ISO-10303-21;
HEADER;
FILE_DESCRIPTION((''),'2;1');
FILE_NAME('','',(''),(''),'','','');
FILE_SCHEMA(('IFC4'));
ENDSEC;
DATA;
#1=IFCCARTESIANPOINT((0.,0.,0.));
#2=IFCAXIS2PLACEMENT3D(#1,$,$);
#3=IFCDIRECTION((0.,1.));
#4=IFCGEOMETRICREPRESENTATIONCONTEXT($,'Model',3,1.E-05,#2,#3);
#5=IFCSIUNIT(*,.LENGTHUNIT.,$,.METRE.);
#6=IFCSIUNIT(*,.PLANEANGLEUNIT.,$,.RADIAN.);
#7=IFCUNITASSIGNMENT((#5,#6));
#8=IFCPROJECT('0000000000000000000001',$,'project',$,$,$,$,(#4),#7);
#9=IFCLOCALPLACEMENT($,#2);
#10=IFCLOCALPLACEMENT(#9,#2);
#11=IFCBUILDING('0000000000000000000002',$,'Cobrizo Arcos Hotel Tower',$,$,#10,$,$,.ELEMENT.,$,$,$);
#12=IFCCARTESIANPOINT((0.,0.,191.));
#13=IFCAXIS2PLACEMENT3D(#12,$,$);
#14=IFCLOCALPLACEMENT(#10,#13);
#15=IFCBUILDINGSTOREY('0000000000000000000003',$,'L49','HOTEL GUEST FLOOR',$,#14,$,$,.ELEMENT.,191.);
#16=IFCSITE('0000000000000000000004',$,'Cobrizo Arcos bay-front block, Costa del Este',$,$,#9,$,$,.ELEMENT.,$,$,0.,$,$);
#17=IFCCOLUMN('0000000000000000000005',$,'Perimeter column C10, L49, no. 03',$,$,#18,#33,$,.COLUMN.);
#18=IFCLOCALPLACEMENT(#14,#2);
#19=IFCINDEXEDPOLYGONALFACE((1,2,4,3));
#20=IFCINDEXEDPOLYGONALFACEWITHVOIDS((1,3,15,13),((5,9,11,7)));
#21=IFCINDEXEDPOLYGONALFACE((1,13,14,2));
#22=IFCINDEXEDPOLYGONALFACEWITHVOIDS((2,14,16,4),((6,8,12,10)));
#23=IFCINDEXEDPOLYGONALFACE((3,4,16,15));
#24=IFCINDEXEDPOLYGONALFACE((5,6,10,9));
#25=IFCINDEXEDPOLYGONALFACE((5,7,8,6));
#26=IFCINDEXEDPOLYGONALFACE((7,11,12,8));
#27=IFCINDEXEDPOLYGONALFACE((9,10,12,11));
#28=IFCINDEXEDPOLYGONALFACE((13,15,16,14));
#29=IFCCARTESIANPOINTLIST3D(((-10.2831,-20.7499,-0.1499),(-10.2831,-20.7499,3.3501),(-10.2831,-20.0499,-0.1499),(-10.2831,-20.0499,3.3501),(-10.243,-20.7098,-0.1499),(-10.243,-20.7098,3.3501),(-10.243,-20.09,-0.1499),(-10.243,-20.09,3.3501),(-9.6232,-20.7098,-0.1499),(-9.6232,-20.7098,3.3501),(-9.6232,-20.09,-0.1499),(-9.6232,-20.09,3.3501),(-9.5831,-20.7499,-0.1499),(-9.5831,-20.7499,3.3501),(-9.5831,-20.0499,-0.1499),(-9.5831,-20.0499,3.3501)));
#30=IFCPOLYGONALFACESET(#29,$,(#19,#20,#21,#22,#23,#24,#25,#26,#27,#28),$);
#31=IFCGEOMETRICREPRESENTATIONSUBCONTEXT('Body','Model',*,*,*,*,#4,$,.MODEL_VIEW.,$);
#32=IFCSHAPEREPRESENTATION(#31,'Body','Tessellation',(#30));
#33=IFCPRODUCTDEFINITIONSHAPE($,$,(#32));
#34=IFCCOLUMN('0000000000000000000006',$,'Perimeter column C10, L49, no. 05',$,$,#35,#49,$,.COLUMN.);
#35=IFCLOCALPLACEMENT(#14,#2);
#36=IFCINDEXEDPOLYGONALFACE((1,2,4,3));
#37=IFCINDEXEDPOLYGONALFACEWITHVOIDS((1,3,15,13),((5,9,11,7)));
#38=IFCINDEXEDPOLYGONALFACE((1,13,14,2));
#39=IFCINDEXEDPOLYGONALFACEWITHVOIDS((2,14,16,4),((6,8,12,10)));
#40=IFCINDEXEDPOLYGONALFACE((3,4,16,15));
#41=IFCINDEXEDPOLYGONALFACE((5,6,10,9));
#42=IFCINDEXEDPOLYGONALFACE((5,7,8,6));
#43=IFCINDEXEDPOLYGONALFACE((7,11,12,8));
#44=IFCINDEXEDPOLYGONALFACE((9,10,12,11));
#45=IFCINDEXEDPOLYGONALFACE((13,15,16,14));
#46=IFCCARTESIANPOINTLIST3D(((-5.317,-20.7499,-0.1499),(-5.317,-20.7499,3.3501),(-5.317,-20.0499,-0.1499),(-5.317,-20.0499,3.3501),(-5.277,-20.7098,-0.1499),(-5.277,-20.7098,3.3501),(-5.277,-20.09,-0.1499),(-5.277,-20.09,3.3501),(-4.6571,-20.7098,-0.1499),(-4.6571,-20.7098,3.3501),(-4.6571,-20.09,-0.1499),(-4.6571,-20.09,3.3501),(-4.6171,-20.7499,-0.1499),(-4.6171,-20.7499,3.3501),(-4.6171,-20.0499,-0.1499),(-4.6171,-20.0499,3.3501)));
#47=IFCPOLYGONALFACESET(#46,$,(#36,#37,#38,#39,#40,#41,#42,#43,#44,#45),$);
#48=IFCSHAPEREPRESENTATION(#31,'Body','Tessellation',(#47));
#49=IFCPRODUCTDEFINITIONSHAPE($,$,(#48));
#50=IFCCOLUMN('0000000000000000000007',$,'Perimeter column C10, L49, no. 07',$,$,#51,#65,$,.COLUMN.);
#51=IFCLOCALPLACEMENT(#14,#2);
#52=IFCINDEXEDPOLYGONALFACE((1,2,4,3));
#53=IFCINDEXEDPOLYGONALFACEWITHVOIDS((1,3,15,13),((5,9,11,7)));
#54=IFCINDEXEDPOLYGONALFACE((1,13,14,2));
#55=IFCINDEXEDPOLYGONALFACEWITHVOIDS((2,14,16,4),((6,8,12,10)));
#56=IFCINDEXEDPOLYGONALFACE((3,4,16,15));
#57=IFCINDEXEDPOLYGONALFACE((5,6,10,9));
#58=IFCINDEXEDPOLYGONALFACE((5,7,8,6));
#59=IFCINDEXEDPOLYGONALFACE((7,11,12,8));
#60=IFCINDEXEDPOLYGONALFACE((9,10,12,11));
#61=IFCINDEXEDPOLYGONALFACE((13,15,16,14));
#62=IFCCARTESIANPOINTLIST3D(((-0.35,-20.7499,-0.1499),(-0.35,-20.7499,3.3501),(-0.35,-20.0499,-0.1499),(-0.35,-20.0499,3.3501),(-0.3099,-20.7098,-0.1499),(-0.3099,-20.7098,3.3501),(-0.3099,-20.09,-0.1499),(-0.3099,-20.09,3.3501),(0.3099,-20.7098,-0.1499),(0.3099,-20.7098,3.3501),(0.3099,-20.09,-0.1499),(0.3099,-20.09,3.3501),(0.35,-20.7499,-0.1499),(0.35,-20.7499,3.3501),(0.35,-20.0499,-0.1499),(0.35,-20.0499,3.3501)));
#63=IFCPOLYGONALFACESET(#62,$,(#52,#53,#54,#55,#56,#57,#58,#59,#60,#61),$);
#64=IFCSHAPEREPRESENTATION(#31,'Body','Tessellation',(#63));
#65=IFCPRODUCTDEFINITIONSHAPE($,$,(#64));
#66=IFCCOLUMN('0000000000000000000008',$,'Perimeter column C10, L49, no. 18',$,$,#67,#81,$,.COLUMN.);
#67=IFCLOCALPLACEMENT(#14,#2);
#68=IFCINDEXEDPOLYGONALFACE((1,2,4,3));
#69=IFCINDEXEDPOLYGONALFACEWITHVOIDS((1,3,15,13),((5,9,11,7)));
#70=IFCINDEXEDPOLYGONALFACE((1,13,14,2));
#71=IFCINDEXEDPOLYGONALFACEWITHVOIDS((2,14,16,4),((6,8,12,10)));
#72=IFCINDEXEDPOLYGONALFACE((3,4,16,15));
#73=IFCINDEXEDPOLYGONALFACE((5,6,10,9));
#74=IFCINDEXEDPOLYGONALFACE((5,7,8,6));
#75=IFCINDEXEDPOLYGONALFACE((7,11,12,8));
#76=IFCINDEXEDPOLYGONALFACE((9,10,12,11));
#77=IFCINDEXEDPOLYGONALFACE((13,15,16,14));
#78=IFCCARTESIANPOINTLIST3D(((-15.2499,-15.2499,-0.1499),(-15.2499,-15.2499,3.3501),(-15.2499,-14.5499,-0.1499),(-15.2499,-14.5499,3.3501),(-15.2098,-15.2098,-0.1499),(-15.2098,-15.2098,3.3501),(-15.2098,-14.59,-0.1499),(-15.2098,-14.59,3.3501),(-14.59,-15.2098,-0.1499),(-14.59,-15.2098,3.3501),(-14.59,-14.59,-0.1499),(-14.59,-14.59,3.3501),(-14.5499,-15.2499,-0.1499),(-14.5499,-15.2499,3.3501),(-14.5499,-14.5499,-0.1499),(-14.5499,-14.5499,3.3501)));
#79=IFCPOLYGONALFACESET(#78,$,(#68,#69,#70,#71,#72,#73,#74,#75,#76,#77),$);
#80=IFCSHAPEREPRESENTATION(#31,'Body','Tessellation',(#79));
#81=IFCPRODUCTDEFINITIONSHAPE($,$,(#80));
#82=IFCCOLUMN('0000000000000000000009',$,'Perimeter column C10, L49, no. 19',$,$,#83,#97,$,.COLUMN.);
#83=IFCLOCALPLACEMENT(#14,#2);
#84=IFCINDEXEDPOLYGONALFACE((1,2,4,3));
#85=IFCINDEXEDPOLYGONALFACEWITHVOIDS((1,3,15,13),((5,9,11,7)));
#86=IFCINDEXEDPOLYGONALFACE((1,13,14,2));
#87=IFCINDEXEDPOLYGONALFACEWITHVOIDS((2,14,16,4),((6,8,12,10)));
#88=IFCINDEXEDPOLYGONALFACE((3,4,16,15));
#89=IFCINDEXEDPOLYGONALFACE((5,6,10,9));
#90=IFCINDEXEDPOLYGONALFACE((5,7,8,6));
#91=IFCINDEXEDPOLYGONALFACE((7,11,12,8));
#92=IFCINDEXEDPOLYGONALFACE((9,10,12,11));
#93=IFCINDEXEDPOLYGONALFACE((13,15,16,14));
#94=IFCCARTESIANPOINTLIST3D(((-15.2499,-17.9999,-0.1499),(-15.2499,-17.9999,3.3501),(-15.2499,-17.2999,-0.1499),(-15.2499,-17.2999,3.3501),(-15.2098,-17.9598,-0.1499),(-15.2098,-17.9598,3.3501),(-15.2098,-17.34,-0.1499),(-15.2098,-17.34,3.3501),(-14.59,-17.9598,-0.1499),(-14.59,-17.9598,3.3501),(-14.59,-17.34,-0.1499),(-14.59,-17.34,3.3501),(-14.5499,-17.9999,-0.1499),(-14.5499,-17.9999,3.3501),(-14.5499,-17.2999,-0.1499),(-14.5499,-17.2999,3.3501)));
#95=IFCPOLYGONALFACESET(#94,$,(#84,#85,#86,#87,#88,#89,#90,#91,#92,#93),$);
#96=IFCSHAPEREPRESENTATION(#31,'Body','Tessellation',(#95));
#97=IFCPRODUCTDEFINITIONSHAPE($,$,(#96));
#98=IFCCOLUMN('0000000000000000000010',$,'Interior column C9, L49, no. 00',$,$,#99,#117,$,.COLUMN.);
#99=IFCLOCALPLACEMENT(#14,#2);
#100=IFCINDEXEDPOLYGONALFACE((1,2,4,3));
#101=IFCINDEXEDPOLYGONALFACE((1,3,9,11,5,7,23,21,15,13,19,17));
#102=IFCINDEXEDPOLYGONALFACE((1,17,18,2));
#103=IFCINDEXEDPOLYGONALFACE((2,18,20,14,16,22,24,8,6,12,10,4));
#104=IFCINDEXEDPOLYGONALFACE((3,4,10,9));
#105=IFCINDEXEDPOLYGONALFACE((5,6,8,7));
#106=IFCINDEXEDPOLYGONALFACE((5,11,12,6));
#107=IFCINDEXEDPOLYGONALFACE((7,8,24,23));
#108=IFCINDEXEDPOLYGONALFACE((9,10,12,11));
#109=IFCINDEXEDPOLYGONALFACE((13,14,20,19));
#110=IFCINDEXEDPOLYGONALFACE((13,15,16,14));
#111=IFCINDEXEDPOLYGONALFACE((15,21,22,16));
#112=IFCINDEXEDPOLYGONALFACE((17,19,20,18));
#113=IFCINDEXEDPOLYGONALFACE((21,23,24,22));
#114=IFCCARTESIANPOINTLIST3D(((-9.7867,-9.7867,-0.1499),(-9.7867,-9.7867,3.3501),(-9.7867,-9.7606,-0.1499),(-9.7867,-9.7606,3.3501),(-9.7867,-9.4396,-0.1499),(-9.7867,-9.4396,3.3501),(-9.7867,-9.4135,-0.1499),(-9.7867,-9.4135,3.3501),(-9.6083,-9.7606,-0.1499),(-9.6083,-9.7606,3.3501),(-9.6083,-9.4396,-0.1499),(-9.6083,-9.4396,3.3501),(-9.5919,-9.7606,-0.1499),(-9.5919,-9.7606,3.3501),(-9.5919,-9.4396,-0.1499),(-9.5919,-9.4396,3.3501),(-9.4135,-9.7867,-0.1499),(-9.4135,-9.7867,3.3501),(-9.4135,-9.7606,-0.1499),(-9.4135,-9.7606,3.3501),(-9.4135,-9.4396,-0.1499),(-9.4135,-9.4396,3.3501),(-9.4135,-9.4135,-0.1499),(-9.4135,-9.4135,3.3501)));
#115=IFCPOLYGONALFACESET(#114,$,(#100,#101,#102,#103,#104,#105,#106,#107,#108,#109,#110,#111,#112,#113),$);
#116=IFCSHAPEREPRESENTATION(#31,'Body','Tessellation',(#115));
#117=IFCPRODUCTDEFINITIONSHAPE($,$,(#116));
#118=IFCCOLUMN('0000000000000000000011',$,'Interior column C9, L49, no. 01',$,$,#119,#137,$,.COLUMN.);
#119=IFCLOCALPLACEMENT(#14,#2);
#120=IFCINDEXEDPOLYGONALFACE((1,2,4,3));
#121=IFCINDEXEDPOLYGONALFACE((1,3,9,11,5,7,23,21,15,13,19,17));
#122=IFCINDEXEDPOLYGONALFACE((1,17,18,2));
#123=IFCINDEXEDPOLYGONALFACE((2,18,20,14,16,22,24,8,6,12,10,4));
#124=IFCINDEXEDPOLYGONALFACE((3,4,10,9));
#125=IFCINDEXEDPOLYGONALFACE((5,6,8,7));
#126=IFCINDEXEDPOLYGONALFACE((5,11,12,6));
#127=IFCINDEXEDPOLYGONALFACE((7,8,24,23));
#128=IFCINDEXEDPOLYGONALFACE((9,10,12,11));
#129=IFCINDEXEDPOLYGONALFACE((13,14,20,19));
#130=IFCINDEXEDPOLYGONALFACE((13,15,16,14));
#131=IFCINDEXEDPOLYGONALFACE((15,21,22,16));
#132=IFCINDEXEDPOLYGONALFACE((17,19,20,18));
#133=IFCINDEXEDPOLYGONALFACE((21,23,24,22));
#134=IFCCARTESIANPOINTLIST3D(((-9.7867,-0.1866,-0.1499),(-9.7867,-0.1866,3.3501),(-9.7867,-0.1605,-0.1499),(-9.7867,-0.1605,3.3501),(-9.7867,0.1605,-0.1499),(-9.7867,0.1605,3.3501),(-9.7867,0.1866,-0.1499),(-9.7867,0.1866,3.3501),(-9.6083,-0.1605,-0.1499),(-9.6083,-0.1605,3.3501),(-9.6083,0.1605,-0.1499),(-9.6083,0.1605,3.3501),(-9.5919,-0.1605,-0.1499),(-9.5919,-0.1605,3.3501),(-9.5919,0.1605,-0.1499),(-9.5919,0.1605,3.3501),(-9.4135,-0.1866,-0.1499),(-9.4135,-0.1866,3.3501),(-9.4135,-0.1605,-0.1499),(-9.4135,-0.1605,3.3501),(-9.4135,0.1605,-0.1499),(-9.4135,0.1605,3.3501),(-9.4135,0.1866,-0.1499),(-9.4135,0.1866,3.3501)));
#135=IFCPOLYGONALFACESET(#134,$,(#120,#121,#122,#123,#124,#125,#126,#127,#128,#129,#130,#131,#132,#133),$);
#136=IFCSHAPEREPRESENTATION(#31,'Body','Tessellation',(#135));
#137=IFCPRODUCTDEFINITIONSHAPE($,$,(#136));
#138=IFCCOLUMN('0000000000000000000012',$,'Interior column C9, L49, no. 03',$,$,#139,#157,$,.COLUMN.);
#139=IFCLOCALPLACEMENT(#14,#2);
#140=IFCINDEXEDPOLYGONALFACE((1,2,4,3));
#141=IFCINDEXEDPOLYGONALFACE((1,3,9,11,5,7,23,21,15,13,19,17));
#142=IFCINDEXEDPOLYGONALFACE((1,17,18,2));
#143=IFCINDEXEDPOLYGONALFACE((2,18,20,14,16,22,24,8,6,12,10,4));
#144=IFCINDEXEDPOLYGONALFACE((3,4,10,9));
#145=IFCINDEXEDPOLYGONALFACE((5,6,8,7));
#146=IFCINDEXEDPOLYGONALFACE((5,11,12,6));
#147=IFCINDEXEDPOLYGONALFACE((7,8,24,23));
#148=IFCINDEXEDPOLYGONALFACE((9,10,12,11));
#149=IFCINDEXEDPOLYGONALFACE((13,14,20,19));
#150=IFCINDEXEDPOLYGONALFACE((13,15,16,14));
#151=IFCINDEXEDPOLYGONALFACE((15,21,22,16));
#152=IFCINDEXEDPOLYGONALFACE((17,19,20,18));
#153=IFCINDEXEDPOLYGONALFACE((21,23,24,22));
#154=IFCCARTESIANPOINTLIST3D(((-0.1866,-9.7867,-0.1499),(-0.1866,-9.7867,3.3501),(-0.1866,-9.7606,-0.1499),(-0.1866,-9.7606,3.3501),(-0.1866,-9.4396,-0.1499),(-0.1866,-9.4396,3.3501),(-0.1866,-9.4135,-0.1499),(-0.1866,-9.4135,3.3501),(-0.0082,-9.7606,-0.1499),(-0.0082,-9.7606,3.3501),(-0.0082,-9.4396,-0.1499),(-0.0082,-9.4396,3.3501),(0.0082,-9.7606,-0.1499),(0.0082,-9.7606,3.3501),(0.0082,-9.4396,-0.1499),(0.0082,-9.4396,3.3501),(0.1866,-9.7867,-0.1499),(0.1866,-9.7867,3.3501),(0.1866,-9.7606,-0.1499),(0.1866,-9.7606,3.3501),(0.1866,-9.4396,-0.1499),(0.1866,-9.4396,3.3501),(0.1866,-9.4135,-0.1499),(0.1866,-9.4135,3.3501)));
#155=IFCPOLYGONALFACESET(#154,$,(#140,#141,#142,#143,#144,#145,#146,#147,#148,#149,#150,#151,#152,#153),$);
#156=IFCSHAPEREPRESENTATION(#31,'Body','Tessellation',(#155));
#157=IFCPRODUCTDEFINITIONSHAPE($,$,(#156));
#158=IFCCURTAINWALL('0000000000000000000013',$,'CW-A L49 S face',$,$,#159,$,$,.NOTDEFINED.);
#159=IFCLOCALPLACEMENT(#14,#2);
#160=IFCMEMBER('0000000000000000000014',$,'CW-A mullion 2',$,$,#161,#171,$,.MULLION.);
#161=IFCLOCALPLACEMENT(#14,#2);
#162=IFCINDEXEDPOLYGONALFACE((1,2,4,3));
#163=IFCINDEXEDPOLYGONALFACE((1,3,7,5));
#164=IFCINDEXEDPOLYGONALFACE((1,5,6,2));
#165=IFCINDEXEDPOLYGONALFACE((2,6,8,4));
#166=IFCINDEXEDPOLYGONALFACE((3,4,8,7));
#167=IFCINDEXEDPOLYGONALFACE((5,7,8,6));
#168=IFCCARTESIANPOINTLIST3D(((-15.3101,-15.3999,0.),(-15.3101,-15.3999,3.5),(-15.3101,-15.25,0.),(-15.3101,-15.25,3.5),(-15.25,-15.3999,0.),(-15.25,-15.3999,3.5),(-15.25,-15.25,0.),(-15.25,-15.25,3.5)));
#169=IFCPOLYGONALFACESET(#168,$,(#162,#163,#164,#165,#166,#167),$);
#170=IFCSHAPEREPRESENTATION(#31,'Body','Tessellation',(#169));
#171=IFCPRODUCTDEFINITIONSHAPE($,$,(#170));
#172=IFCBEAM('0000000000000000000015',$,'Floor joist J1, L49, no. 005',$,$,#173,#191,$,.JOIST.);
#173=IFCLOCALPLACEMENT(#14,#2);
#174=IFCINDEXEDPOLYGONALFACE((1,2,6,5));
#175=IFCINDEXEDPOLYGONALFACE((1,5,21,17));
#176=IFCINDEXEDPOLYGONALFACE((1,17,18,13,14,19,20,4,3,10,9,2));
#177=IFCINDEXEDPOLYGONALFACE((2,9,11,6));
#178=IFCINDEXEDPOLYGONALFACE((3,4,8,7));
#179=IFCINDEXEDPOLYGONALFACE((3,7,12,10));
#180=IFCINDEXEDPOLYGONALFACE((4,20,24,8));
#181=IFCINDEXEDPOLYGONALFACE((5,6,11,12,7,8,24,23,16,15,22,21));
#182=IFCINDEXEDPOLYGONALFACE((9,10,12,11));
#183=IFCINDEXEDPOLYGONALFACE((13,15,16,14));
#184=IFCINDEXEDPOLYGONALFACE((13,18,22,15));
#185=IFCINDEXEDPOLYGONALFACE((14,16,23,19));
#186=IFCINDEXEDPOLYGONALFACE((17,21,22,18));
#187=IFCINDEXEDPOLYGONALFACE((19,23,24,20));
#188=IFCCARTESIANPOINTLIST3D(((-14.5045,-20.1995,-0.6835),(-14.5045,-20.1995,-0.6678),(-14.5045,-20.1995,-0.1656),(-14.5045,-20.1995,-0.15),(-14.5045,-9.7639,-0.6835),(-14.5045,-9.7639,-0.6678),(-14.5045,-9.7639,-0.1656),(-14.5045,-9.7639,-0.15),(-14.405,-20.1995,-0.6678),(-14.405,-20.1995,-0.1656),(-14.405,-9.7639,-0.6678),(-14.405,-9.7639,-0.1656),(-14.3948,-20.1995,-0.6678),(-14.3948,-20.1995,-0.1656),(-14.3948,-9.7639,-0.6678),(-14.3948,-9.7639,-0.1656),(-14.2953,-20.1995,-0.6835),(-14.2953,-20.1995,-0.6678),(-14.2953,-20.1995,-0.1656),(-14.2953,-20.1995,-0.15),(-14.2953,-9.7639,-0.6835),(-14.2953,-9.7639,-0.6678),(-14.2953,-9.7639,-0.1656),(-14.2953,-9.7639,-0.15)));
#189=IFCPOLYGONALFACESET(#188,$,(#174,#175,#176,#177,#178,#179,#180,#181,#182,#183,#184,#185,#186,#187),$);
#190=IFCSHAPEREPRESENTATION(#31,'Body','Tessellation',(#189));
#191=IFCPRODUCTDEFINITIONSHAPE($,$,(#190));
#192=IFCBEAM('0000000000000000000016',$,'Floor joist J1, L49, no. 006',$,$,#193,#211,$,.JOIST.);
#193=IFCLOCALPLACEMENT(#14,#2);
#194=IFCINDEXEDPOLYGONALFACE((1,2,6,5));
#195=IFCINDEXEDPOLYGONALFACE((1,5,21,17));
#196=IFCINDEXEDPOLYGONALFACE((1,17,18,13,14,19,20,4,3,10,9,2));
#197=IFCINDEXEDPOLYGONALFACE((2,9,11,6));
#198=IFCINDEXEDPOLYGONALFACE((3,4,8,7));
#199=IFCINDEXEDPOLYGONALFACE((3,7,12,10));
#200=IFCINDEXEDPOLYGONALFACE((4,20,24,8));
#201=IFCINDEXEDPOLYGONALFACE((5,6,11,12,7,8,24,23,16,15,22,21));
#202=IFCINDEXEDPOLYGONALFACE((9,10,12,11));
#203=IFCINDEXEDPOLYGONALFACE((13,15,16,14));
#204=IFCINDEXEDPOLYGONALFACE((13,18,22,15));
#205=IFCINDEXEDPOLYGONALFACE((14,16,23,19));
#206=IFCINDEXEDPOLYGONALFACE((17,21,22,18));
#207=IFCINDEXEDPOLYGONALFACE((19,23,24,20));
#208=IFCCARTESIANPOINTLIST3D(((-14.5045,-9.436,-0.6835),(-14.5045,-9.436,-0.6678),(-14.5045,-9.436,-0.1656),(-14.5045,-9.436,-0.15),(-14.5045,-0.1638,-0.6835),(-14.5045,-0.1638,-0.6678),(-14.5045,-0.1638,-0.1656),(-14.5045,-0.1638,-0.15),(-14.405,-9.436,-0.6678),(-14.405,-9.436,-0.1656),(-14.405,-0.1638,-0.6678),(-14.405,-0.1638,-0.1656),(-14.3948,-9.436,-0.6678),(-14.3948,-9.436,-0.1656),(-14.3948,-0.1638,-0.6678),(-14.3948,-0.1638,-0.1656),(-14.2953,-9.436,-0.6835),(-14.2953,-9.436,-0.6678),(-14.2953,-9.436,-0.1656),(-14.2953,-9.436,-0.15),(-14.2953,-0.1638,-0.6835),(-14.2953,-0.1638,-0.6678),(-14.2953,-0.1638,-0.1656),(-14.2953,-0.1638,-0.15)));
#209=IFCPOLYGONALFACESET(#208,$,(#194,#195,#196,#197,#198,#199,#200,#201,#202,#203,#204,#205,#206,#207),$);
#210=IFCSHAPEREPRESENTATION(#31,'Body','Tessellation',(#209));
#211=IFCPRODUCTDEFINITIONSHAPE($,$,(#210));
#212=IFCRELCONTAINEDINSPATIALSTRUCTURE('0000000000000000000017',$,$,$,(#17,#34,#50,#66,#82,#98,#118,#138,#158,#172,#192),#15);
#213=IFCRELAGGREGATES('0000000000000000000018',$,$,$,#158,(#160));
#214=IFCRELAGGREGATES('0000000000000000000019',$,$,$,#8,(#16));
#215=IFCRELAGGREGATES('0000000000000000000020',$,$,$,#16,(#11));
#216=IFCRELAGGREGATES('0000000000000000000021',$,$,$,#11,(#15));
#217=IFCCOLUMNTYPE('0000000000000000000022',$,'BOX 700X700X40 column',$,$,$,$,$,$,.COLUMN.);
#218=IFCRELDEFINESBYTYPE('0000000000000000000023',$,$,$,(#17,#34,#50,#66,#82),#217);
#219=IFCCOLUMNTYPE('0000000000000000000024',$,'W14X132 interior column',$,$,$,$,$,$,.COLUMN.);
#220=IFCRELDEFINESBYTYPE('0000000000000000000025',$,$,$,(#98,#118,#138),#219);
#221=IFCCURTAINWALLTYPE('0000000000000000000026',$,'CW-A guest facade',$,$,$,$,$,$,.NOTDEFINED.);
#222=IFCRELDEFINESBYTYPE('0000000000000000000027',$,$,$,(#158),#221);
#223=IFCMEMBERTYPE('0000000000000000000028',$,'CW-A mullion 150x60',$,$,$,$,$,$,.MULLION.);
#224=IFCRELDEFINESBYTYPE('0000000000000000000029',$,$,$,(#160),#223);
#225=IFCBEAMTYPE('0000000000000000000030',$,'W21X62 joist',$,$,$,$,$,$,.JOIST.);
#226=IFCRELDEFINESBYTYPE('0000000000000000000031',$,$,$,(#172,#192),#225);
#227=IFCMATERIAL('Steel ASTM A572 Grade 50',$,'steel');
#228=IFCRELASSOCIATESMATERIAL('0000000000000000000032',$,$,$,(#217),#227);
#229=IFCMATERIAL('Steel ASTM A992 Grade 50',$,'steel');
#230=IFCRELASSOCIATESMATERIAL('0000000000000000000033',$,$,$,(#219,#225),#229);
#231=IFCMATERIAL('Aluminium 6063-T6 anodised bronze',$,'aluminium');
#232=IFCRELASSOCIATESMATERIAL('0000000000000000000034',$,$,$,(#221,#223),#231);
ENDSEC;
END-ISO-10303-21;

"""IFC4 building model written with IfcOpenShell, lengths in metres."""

from ifc_helpers import new_model, si_unit, direction, frame, origin, origin_2d, place, context, subcontext, project, spatial, rectangle, hollow_rectangle, i_section, extrude, material, material_profile, profile_set, type_object, element, aggregate, save


model = new_model("IFC4")

# Units and contexts
model_context = context("Model", 3, precision=1e-05, world=origin(), true_north=direction((0.0, 1.0)))
body_context = subcontext(model_context, "Body", "Model", "MODEL_VIEW")
ifc_project = project(units=[si_unit("LENGTHUNIT", "METRE"), si_unit("PLANEANGLEUNIT", "RADIAN")], contexts=[model_context])

# Site, building, storey
site_placement = place(None, origin())
site = spatial("IfcSite", under=ifc_project, at=site_placement, Name="Cobrizo Arcos bay-front block, Costa del Este", CompositionType="ELEMENT", RefElevation=0.0)
building_placement = place(site_placement, origin())
building = spatial("IfcBuilding", under=site, at=building_placement, Name="Cobrizo Arcos Hotel Tower", CompositionType="ELEMENT")
storey_placement = place(building_placement, frame((0.0, 0.0, 191.0)))
storey = spatial("IfcBuildingStorey", under=building, at=storey_placement, Name="L49", Description="HOTEL GUEST FLOOR", CompositionType="ELEMENT", Elevation=191.0)

# Columns
ifc_material_1 = material(Name="Steel ASTM A572 Grade 50", Category="steel")
ifc_material_profile_1 = material_profile(ifc_material_1, hollow_rectangle(XDim=0.7, YDim=0.7, WallThickness=0.04, at=origin_2d()), Name="BOX 700X700X40")
ifc_profile_set_1 = profile_set([ifc_material_profile_1], Name="Steel ASTM A572 Grade 50")
column_type_1 = type_object("IfcColumnType", Name="BOX 700X700X40 column", PredefinedType="COLUMN", material=ifc_profile_set_1)
for number, where, z_axis, x_axis, name in (
    (1, (-9.9331, -20.3999, -0.1499), (0.0, 0.0, 1.0), (1.0, 0.0, 0.0), "Perimeter column C10, L49, no. 03"),
    (2, (-4.967, -20.3999, -0.1499), (0.0, 0.0, 1.0), (1.0, 0.0, 0.0), "Perimeter column C10, L49, no. 05"),
    (3, (0.0, -20.3999, -0.1499), (0.0, 0.0, 1.0), (1.0, 0.0, 0.0), "Perimeter column C10, L49, no. 07"),
    (4, (-14.8999, -14.8999, -0.1499), (0.0, 0.0, 1.0), (1.0, 0.0, 0.0), "Perimeter column C10, L49, no. 18"),
    (5, (-14.8999, -17.6499, -0.1499), (0.0, 0.0, 1.0), (1.0, 0.0, 0.0), "Perimeter column C10, L49, no. 19"),
):
    element("IfcColumn", number, at=place(storey_placement, frame(where, z_axis=z_axis, x_axis=x_axis)), inside=storey, type_object=column_type_1, Name=name, PredefinedType="COLUMN", context=body_context, shape_type="SweptSolid", body=[
        extrude(hollow_rectangle(XDim=0.7, YDim=0.7, WallThickness=0.04, at=origin_2d()), origin(), (0.0, 0.0, 1.0), 3.5),
    ])
ifc_material_2 = material(Name="Steel ASTM A992 Grade 50", Category="steel")
ifc_material_profile_2 = material_profile(ifc_material_2, i_section(OverallWidth=0.3733, OverallDepth=0.3733, WebThickness=0.0164, FlangeThickness=0.0261, at=origin_2d()), Name="W14X132")
ifc_profile_set_2 = profile_set([ifc_material_profile_2], Name="Steel ASTM A992 Grade 50")
column_type_2 = type_object("IfcColumnType", Name="W14X132 interior column", PredefinedType="COLUMN", material=ifc_profile_set_2)
for number, where, z_axis, x_axis, name in (
    (6, (-9.6001, -9.6001, -0.1499), (0.0, 0.0, 1.0), (1.0, 0.0, 0.0), "Interior column C9, L49, no. 00"),
    (7, (-9.6001, 0.0, -0.1499), (0.0, 0.0, 1.0), (1.0, 0.0, 0.0), "Interior column C9, L49, no. 01"),
    (8, (0.0, -9.6001, -0.1499), (0.0, 0.0, 1.0), (1.0, 0.0, 0.0), "Interior column C9, L49, no. 03"),
):
    element("IfcColumn", number, at=place(storey_placement, frame(where, z_axis=z_axis, x_axis=x_axis)), inside=storey, type_object=column_type_2, Name=name, PredefinedType="COLUMN", context=body_context, shape_type="SweptSolid", body=[
        extrude(i_section(OverallWidth=0.3733, OverallDepth=0.3733, WebThickness=0.0164, FlangeThickness=0.0261, at=origin_2d()), origin(), (0.0, 0.0, 1.0), 3.5),
    ])

# Curtain wall, member
ifc_material_3 = material(Name="Aluminium 6063-T6 anodised bronze", Category="aluminium")
curtain_wall_type = type_object("IfcCurtainWallType", Name="CW-A guest facade", PredefinedType="NOTDEFINED", material=ifc_material_3)
curtain_wall_placement = place(storey_placement, origin())
curtain_wall = element("IfcCurtainWall", 9, at=curtain_wall_placement, inside=storey, type_object=curtain_wall_type, Name="CW-A L49 S face", PredefinedType="NOTDEFINED")
ifc_material_profile_3 = material_profile(ifc_material_3, rectangle(XDim=0.1499, YDim=0.0601, at=origin_2d()), Name="CW-A mullion 150x60")
ifc_profile_set_3 = profile_set([ifc_material_profile_3], Name="Aluminium 6063-T6 anodised bronze")
member_type = type_object("IfcMemberType", Name="CW-A mullion 150x60", PredefinedType="MULLION", material=ifc_profile_set_3)
member_placement = place(storey_placement, frame((-15.28, -15.325, 0.0), z_axis=(0.0, 0.0, 1.0), x_axis=(0.0, -1.0, 0.0)))
member = element("IfcMember", 10, at=member_placement, type_object=member_type, Name="CW-A mullion 2", PredefinedType="MULLION", context=body_context, shape_type="SweptSolid", body=[
    extrude(rectangle(XDim=0.1499, YDim=0.0601, at=origin_2d()), origin(), (0.0, 0.0, 1.0), 3.5),
])
aggregate(curtain_wall, [member])

# Beams
ifc_material_profile_4 = material_profile(ifc_material_2, i_section(OverallWidth=0.2092, OverallDepth=0.5334, WebThickness=0.0103, FlangeThickness=0.0156, at=origin_2d()), Name="W21X62")
ifc_profile_set_4 = profile_set([ifc_material_profile_4], Name="Steel ASTM A992 Grade 50")
beam_type_1 = type_object("IfcBeamType", Name="W21X62 joist", PredefinedType="JOIST", material=ifc_profile_set_4)
beam_1_placement = place(storey_placement, frame((-14.3999, -20.1995, -0.4167), z_axis=(0.0, 1.0, 0.0), x_axis=(-1.0, 0.0, 0.0)))
element("IfcBeam", 11, at=beam_1_placement, inside=storey, type_object=beam_type_1, Name="Floor joist J1, L49, no. 005", PredefinedType="JOIST", context=body_context, shape_type="SweptSolid", body=[
    extrude(i_section(OverallWidth=0.2092, OverallDepth=0.5334, WebThickness=0.0103, FlangeThickness=0.0156, at=origin_2d()), origin(), (0.0, 0.0, 1.0), 10.4355),
])
beam_2_placement = place(storey_placement, frame((-14.3999, -9.436, -0.4167), z_axis=(0.0, 1.0, 0.0), x_axis=(-1.0, 0.0, 0.0)))
element("IfcBeam", 12, at=beam_2_placement, inside=storey, type_object=beam_type_1, Name="Floor joist J1, L49, no. 006", PredefinedType="JOIST", context=body_context, shape_type="SweptSolid", body=[
    extrude(i_section(OverallWidth=0.2092, OverallDepth=0.5334, WebThickness=0.0103, FlangeThickness=0.0156, at=origin_2d()), origin(), (0.0, 0.0, 1.0), 9.2722),
])

save(model, "model.ifc")
